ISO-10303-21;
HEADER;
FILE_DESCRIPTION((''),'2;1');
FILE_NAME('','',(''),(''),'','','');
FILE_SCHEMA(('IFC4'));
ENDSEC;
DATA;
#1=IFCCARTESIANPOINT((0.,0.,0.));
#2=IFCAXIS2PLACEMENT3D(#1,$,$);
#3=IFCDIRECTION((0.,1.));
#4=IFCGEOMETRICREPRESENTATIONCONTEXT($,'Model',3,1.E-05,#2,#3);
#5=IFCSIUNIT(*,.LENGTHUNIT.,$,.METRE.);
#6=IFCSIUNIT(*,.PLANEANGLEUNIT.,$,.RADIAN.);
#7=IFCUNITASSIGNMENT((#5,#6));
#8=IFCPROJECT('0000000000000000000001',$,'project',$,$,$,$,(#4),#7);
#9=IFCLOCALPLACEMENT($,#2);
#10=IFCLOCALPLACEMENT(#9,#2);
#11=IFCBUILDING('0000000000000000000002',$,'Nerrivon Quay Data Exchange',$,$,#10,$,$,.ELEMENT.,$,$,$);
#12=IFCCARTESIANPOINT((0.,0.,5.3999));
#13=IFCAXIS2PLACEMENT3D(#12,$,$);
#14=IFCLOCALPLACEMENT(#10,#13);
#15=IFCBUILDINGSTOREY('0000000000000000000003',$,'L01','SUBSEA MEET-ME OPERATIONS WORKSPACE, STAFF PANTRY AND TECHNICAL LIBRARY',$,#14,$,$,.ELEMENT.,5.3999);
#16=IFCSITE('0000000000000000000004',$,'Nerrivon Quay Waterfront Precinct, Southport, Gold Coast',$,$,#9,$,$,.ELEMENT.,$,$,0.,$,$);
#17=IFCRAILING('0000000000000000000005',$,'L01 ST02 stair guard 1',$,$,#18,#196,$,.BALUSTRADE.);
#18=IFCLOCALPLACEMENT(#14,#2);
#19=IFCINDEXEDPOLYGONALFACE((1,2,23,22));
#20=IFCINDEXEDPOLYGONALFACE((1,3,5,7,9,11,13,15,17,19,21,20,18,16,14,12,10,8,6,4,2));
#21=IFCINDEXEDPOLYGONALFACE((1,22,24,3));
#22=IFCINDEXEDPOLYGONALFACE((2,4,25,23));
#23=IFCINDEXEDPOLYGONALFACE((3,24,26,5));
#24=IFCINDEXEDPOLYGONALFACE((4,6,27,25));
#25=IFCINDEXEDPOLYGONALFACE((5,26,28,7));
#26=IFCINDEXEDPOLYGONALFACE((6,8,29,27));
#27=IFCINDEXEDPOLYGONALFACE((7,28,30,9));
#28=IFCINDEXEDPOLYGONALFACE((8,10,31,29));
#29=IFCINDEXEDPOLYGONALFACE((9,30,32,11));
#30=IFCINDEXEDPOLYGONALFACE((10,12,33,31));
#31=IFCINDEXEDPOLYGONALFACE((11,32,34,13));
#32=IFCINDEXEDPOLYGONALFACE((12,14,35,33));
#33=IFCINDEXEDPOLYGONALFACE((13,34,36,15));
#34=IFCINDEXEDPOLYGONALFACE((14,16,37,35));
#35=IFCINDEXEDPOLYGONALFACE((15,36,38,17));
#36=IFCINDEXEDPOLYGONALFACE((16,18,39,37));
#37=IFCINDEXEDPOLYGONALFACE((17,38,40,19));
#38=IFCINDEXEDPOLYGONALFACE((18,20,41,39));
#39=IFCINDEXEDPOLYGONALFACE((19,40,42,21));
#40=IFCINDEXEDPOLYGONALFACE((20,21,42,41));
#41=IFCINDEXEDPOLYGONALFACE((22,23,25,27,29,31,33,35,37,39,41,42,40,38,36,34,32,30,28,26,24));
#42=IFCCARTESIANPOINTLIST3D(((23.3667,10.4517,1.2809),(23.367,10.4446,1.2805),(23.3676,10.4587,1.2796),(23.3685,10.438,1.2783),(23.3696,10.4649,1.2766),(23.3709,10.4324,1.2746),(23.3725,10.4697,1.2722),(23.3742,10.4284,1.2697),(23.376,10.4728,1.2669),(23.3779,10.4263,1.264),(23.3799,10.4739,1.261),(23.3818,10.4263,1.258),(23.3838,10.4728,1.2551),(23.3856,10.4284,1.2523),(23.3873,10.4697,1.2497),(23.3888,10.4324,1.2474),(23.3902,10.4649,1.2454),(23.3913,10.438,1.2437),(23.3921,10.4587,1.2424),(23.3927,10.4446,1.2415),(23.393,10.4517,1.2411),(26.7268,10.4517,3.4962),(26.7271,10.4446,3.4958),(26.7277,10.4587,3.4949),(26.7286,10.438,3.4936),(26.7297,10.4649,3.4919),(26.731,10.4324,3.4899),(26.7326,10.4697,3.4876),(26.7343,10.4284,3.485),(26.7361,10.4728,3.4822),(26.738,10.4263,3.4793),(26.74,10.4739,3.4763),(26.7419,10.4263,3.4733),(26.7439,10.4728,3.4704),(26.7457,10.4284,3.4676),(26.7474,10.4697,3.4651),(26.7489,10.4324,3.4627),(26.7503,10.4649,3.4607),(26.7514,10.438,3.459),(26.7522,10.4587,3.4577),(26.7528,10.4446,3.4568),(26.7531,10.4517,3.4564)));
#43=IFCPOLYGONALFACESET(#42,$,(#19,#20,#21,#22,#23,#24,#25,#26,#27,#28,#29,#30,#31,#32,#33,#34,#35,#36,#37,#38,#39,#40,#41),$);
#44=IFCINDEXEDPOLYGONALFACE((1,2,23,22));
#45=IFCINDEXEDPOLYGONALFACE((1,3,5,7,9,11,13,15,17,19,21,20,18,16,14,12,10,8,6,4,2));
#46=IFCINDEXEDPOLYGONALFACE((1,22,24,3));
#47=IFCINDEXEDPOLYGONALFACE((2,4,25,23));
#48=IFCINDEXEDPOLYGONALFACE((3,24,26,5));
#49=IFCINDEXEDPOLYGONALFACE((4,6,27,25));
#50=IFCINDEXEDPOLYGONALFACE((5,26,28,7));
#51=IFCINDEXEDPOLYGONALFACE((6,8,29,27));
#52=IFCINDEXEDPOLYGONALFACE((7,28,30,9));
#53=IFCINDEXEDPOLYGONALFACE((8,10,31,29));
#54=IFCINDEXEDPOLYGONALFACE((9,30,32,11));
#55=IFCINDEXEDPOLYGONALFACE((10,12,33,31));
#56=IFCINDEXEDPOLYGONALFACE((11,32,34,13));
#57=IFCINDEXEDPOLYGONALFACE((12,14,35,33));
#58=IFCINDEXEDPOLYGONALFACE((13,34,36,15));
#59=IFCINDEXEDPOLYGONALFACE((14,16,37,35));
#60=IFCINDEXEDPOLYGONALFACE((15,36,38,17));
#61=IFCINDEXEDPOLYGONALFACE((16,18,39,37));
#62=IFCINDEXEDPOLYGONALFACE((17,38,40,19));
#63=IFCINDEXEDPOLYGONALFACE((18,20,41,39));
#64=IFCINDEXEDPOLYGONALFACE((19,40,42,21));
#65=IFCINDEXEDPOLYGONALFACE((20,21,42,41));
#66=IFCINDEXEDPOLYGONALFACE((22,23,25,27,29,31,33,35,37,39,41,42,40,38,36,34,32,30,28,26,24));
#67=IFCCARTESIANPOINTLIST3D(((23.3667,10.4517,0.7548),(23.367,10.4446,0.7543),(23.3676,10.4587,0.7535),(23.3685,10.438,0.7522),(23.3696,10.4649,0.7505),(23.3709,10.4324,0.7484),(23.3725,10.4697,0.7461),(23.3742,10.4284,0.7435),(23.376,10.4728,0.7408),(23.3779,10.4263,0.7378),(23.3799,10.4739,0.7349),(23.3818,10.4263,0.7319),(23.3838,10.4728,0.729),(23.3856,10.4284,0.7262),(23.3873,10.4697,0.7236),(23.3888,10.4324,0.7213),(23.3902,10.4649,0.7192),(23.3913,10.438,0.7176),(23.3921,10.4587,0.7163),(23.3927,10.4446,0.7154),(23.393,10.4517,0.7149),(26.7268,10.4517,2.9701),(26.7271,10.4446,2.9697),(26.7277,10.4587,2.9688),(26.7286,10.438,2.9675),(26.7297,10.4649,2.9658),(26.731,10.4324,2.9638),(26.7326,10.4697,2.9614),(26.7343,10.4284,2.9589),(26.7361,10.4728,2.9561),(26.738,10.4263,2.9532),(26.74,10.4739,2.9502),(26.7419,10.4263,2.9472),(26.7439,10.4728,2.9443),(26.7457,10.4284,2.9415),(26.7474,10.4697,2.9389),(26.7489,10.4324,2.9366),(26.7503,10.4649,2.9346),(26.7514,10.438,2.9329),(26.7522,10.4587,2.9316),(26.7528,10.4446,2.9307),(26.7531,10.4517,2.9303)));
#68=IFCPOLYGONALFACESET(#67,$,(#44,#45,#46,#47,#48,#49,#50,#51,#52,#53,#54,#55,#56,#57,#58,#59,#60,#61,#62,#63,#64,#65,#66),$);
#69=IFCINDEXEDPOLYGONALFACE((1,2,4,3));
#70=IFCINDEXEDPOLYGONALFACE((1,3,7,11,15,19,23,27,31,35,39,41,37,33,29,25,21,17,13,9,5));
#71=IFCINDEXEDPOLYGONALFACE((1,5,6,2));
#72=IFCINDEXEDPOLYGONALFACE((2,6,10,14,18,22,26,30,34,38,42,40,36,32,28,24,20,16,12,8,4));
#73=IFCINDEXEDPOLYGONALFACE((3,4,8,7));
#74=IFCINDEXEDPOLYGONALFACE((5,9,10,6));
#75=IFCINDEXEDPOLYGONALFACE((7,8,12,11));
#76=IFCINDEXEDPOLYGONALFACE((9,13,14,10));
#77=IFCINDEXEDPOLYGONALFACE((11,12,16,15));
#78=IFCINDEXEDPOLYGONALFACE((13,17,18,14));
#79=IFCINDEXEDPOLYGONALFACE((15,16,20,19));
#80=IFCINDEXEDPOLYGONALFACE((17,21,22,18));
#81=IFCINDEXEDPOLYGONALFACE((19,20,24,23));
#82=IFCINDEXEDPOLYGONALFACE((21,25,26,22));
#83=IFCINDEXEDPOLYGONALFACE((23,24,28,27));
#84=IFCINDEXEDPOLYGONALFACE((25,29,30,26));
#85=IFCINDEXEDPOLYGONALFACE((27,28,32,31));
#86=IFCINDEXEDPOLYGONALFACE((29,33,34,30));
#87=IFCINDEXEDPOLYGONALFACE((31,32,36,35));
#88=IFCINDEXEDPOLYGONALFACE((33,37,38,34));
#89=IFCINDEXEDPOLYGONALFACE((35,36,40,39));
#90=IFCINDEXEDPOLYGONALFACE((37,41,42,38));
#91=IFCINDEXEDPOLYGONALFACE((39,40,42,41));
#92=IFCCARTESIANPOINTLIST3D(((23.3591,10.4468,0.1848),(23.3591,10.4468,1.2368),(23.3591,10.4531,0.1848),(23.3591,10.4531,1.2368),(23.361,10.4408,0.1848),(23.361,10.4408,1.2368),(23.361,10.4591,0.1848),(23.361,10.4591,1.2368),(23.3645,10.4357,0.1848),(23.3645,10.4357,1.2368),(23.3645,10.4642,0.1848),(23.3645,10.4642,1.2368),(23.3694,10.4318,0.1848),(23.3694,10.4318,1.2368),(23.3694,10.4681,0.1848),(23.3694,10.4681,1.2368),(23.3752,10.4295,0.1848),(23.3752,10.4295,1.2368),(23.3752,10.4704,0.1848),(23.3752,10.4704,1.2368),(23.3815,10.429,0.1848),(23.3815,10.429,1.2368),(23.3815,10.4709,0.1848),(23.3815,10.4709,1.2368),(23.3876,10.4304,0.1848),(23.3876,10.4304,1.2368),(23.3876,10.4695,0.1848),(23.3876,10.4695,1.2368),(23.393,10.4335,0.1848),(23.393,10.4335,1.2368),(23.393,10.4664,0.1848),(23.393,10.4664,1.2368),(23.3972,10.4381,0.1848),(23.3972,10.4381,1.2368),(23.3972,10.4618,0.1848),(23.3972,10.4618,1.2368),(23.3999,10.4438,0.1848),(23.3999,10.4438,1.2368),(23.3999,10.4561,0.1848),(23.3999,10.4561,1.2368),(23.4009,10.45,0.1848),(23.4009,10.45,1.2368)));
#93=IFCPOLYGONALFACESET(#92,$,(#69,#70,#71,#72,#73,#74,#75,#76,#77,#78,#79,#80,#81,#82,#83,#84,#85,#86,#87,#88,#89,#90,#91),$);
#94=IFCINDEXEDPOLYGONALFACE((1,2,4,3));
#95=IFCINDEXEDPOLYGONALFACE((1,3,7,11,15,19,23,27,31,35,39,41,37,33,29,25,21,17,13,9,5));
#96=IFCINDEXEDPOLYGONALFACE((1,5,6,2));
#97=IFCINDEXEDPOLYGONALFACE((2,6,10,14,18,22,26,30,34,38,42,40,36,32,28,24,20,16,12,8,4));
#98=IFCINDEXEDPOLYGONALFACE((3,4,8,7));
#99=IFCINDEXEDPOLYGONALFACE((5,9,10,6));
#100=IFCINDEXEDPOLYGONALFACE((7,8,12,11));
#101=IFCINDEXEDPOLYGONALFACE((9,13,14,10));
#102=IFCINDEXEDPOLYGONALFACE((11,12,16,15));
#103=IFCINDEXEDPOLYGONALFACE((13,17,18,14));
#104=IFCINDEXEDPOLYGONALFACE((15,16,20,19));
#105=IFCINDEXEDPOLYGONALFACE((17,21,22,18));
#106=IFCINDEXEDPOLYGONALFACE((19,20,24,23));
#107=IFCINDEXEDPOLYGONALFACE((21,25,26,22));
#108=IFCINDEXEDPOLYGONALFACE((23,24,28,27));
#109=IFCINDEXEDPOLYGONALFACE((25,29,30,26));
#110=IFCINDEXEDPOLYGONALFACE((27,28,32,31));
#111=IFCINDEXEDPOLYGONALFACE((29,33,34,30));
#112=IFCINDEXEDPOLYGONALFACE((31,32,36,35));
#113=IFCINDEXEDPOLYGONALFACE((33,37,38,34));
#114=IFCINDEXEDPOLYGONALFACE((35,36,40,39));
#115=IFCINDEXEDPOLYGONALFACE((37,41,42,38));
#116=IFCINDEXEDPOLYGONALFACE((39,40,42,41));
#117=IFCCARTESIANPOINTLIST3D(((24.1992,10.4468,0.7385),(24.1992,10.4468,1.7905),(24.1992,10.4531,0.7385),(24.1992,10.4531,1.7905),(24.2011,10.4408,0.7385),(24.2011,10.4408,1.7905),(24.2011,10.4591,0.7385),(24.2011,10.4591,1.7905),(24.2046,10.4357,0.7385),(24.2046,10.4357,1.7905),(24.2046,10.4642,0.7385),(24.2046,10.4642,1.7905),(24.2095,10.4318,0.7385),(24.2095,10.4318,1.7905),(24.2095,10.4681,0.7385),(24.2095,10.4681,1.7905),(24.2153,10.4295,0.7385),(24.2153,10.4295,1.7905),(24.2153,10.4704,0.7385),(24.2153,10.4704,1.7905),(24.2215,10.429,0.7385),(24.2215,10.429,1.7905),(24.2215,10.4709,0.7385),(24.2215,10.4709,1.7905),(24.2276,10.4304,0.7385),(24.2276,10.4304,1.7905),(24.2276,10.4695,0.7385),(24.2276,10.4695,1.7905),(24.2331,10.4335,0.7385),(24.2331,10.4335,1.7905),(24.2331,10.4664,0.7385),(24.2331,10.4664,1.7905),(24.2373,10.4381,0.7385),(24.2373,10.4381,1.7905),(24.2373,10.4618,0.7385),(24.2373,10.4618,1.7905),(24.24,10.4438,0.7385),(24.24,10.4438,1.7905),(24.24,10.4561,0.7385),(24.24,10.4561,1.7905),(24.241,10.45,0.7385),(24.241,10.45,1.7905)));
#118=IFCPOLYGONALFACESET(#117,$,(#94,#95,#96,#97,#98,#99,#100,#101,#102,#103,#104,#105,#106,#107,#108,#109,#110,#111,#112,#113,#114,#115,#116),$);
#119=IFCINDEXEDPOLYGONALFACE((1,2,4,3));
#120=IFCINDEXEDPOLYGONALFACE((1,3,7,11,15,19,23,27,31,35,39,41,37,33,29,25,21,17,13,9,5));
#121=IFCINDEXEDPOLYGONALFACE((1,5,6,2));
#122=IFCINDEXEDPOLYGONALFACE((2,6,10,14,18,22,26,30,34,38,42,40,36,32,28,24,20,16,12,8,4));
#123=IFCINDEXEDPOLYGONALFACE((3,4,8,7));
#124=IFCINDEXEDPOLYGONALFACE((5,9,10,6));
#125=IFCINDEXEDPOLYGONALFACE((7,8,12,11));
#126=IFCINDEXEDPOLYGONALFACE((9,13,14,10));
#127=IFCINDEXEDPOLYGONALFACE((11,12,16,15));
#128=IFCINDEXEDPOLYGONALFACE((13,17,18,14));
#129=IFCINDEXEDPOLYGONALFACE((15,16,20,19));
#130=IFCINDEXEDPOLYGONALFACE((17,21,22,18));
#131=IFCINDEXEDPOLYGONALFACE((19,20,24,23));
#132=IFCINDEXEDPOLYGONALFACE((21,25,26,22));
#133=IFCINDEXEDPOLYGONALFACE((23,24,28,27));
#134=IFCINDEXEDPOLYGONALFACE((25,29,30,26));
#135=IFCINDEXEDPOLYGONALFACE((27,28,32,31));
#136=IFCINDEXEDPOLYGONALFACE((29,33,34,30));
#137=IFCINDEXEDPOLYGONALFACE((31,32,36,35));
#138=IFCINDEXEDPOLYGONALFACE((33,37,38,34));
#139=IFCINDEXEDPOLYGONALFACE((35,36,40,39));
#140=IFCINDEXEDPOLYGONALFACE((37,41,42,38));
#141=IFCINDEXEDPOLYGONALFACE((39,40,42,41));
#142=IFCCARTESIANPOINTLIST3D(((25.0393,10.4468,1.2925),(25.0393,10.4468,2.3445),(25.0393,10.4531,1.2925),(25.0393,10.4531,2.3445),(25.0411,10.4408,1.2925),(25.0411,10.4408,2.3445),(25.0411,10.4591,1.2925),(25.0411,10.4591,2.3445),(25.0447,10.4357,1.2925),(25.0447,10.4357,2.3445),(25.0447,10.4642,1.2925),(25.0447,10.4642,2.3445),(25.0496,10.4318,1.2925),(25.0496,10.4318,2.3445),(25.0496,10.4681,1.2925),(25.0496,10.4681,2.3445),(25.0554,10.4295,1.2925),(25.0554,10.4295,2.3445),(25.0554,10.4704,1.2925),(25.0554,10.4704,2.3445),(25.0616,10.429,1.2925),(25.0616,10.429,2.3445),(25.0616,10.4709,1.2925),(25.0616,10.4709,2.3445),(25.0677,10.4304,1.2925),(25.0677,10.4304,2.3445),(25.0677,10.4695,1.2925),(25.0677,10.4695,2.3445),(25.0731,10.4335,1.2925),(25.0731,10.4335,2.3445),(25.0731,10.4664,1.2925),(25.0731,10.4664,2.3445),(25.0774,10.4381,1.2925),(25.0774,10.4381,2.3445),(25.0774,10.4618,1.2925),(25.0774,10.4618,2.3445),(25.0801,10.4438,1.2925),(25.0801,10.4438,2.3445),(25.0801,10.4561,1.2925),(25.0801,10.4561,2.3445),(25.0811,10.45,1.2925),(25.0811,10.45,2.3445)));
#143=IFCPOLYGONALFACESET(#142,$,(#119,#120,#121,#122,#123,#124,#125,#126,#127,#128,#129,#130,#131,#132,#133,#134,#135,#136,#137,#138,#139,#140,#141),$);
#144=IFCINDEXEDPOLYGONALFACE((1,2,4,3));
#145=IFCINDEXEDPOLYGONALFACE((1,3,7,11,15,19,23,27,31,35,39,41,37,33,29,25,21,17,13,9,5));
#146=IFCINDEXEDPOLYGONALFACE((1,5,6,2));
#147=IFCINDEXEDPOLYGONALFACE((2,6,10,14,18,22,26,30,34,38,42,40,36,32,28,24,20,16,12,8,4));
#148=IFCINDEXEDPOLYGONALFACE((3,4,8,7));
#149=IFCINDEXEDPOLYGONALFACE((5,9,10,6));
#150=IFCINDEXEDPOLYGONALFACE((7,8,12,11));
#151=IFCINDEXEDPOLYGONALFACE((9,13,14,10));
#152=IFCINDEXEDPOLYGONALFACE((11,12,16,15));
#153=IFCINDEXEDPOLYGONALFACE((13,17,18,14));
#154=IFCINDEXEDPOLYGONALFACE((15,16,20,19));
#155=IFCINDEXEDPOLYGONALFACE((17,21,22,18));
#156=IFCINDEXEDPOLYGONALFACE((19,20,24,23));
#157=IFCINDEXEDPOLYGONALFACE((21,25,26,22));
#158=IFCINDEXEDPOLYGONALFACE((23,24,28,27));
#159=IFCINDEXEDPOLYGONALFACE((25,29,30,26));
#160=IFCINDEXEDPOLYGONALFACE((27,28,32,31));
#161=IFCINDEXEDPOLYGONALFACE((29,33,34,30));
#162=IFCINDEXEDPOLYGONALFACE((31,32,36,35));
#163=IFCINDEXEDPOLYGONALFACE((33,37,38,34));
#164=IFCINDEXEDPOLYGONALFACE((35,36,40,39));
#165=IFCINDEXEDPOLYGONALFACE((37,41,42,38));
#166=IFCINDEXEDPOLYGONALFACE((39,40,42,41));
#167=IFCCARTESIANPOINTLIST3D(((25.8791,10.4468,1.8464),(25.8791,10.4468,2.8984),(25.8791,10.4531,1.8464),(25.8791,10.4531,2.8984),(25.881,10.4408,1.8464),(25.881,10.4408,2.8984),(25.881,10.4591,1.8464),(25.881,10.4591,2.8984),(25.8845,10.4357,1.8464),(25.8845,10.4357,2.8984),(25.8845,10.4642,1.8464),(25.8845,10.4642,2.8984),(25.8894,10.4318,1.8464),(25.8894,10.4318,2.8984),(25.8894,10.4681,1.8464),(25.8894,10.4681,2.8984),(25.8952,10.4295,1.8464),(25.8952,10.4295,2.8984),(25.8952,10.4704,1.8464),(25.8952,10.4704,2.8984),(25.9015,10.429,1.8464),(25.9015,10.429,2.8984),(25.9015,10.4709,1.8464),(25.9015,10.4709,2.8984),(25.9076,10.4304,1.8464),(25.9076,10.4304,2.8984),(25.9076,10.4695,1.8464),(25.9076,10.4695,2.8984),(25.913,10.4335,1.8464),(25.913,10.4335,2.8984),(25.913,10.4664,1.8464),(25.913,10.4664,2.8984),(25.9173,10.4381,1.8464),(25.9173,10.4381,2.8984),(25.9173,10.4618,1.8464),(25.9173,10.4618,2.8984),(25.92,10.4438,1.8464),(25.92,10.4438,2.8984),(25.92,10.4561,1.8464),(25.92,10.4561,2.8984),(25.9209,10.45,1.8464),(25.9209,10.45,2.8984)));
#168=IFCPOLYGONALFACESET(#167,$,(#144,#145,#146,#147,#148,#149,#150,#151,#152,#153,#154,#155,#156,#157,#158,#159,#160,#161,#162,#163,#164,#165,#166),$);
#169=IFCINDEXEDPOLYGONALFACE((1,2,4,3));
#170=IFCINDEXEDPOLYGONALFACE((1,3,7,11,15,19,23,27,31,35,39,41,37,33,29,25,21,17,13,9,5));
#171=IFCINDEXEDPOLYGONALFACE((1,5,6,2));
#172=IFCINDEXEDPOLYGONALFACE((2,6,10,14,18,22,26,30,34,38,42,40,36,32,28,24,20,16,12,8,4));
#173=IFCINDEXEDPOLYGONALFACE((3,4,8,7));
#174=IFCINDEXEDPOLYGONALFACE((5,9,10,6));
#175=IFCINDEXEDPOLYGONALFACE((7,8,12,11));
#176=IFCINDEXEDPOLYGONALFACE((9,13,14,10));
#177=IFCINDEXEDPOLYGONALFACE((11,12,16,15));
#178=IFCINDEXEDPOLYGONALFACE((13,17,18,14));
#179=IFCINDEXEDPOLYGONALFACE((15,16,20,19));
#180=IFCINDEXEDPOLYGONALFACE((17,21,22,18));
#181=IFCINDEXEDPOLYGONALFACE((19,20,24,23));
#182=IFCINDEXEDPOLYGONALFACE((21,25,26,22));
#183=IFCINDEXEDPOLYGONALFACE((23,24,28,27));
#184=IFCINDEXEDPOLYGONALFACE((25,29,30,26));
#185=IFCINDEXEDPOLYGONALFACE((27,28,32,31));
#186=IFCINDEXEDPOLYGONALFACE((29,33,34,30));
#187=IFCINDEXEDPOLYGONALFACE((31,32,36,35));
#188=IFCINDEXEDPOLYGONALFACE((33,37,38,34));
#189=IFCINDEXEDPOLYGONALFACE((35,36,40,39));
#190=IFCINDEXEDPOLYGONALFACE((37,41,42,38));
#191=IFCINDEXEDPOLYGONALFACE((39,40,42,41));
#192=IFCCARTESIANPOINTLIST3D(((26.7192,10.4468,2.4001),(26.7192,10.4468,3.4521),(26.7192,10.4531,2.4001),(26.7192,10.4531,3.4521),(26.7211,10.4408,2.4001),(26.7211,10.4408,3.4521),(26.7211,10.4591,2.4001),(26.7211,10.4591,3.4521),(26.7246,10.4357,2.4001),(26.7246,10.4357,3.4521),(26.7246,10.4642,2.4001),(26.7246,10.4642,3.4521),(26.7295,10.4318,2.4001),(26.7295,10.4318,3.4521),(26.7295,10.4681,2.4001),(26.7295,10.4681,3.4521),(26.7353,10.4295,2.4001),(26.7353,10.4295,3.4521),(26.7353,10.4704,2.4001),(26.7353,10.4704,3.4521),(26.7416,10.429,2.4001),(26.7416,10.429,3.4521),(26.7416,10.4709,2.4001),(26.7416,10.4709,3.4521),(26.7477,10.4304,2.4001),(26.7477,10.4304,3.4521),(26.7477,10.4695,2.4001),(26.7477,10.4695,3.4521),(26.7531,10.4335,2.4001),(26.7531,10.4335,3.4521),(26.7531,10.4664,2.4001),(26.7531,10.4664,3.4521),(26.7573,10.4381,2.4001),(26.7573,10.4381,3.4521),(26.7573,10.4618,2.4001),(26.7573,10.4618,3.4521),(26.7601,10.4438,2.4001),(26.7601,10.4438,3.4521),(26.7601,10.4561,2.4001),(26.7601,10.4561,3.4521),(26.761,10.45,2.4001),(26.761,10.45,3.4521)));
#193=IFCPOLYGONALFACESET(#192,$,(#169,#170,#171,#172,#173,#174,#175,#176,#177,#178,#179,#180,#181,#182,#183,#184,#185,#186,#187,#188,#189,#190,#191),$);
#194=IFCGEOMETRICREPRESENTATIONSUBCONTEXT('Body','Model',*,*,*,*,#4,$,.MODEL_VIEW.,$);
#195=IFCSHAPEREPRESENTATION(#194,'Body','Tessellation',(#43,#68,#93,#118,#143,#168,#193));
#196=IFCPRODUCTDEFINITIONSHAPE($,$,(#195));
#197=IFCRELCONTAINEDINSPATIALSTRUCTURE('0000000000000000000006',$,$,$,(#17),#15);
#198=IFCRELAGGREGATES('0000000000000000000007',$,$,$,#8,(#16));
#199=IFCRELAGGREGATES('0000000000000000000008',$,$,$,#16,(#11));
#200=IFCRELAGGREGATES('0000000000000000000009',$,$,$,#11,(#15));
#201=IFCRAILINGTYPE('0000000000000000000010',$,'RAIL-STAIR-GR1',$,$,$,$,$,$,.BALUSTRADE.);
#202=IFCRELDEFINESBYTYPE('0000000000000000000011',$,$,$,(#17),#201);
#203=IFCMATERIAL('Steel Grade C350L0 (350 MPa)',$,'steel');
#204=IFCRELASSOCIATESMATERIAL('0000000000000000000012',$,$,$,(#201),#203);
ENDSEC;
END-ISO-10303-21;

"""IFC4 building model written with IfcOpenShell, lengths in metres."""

from ifc_helpers import new_model, si_unit, direction, frame, origin, origin_2d, place, context, subcontext, project, spatial, circle, extrude, material, type_object, element, save


model = new_model("IFC4")

# Units and contexts
model_context = context("Model", 3, precision=1e-05, world=origin(), true_north=direction((0.0, 1.0)))
body_context = subcontext(model_context, "Body", "Model", "MODEL_VIEW")
ifc_project = project(units=[si_unit("LENGTHUNIT", "METRE"), si_unit("PLANEANGLEUNIT", "RADIAN")], contexts=[model_context])

# Site, building, storey
site_placement = place(None, origin())
site = spatial("IfcSite", under=ifc_project, at=site_placement, Name="Nerrivon Quay Waterfront Precinct, Southport, Gold Coast", CompositionType="ELEMENT", RefElevation=0.0)
building_placement = place(site_placement, origin())
building = spatial("IfcBuilding", under=site, at=building_placement, Name="Nerrivon Quay Data Exchange", CompositionType="ELEMENT")
storey_placement = place(building_placement, frame((0.0, 0.0, 5.3999)))
storey = spatial("IfcBuildingStorey", under=building, at=storey_placement, Name="L01", Description="SUBSEA MEET-ME OPERATIONS WORKSPACE, STAFF PANTRY AND TECHNICAL LIBRARY", CompositionType="ELEMENT", Elevation=5.3999)

# Railing
ifc_material_1 = material(Name="Steel Grade C350L0 (350 MPa)", Category="steel")
railing_type_1 = type_object("IfcRailingType", Name="RAIL-STAIR-GR1", PredefinedType="BALUSTRADE", material=ifc_material_1)
railing_1_placement = place(storey_placement, frame((23.3799, 10.45, 0.1848)))
element("IfcRailing", 1, at=railing_1_placement, inside=storey, type_object=railing_type_1, Name="L01 ST02 stair guard 1", PredefinedType="BALUSTRADE", context=body_context, shape_type="SweptSolid", body=[
    extrude(circle(Radius=0.0239, at=origin_2d()), frame((0.0, 0.0, 1.0762), z_axis=(0.834876, 0.0, 0.550437), x_axis=(0.0, 1.0, 0.0)), (0.0, 0.0, 1.0), 4.0247),
    extrude(circle(Radius=0.0239, at=origin_2d()), frame((0.0, 0.0, 0.55), z_axis=(0.834876, 0.0, 0.550437), x_axis=(0.0, 1.0, 0.0)), (0.0, 0.0, 1.0), 4.0247),
    extrude(circle(Radius=0.021, at=origin_2d()), origin(), (0.0, 0.0, 1.0), 1.052),
    extrude(circle(Radius=0.021, at=origin_2d()), frame((0.8401, 0.0, 0.5537)), (0.0, 0.0, 1.0), 1.052),
    extrude(circle(Radius=0.021, at=origin_2d()), frame((1.6802, 0.0, 1.1077)), (0.0, 0.0, 1.0), 1.052),
    extrude(circle(Radius=0.021, at=origin_2d()), frame((2.52, 0.0, 1.6616)), (0.0, 0.0, 1.0), 1.052),
    extrude(circle(Radius=0.021, at=origin_2d()), frame((3.3601, 0.0, 2.2153)), (0.0, 0.0, 1.0), 1.052),
])

save(model, "model.ifc")
